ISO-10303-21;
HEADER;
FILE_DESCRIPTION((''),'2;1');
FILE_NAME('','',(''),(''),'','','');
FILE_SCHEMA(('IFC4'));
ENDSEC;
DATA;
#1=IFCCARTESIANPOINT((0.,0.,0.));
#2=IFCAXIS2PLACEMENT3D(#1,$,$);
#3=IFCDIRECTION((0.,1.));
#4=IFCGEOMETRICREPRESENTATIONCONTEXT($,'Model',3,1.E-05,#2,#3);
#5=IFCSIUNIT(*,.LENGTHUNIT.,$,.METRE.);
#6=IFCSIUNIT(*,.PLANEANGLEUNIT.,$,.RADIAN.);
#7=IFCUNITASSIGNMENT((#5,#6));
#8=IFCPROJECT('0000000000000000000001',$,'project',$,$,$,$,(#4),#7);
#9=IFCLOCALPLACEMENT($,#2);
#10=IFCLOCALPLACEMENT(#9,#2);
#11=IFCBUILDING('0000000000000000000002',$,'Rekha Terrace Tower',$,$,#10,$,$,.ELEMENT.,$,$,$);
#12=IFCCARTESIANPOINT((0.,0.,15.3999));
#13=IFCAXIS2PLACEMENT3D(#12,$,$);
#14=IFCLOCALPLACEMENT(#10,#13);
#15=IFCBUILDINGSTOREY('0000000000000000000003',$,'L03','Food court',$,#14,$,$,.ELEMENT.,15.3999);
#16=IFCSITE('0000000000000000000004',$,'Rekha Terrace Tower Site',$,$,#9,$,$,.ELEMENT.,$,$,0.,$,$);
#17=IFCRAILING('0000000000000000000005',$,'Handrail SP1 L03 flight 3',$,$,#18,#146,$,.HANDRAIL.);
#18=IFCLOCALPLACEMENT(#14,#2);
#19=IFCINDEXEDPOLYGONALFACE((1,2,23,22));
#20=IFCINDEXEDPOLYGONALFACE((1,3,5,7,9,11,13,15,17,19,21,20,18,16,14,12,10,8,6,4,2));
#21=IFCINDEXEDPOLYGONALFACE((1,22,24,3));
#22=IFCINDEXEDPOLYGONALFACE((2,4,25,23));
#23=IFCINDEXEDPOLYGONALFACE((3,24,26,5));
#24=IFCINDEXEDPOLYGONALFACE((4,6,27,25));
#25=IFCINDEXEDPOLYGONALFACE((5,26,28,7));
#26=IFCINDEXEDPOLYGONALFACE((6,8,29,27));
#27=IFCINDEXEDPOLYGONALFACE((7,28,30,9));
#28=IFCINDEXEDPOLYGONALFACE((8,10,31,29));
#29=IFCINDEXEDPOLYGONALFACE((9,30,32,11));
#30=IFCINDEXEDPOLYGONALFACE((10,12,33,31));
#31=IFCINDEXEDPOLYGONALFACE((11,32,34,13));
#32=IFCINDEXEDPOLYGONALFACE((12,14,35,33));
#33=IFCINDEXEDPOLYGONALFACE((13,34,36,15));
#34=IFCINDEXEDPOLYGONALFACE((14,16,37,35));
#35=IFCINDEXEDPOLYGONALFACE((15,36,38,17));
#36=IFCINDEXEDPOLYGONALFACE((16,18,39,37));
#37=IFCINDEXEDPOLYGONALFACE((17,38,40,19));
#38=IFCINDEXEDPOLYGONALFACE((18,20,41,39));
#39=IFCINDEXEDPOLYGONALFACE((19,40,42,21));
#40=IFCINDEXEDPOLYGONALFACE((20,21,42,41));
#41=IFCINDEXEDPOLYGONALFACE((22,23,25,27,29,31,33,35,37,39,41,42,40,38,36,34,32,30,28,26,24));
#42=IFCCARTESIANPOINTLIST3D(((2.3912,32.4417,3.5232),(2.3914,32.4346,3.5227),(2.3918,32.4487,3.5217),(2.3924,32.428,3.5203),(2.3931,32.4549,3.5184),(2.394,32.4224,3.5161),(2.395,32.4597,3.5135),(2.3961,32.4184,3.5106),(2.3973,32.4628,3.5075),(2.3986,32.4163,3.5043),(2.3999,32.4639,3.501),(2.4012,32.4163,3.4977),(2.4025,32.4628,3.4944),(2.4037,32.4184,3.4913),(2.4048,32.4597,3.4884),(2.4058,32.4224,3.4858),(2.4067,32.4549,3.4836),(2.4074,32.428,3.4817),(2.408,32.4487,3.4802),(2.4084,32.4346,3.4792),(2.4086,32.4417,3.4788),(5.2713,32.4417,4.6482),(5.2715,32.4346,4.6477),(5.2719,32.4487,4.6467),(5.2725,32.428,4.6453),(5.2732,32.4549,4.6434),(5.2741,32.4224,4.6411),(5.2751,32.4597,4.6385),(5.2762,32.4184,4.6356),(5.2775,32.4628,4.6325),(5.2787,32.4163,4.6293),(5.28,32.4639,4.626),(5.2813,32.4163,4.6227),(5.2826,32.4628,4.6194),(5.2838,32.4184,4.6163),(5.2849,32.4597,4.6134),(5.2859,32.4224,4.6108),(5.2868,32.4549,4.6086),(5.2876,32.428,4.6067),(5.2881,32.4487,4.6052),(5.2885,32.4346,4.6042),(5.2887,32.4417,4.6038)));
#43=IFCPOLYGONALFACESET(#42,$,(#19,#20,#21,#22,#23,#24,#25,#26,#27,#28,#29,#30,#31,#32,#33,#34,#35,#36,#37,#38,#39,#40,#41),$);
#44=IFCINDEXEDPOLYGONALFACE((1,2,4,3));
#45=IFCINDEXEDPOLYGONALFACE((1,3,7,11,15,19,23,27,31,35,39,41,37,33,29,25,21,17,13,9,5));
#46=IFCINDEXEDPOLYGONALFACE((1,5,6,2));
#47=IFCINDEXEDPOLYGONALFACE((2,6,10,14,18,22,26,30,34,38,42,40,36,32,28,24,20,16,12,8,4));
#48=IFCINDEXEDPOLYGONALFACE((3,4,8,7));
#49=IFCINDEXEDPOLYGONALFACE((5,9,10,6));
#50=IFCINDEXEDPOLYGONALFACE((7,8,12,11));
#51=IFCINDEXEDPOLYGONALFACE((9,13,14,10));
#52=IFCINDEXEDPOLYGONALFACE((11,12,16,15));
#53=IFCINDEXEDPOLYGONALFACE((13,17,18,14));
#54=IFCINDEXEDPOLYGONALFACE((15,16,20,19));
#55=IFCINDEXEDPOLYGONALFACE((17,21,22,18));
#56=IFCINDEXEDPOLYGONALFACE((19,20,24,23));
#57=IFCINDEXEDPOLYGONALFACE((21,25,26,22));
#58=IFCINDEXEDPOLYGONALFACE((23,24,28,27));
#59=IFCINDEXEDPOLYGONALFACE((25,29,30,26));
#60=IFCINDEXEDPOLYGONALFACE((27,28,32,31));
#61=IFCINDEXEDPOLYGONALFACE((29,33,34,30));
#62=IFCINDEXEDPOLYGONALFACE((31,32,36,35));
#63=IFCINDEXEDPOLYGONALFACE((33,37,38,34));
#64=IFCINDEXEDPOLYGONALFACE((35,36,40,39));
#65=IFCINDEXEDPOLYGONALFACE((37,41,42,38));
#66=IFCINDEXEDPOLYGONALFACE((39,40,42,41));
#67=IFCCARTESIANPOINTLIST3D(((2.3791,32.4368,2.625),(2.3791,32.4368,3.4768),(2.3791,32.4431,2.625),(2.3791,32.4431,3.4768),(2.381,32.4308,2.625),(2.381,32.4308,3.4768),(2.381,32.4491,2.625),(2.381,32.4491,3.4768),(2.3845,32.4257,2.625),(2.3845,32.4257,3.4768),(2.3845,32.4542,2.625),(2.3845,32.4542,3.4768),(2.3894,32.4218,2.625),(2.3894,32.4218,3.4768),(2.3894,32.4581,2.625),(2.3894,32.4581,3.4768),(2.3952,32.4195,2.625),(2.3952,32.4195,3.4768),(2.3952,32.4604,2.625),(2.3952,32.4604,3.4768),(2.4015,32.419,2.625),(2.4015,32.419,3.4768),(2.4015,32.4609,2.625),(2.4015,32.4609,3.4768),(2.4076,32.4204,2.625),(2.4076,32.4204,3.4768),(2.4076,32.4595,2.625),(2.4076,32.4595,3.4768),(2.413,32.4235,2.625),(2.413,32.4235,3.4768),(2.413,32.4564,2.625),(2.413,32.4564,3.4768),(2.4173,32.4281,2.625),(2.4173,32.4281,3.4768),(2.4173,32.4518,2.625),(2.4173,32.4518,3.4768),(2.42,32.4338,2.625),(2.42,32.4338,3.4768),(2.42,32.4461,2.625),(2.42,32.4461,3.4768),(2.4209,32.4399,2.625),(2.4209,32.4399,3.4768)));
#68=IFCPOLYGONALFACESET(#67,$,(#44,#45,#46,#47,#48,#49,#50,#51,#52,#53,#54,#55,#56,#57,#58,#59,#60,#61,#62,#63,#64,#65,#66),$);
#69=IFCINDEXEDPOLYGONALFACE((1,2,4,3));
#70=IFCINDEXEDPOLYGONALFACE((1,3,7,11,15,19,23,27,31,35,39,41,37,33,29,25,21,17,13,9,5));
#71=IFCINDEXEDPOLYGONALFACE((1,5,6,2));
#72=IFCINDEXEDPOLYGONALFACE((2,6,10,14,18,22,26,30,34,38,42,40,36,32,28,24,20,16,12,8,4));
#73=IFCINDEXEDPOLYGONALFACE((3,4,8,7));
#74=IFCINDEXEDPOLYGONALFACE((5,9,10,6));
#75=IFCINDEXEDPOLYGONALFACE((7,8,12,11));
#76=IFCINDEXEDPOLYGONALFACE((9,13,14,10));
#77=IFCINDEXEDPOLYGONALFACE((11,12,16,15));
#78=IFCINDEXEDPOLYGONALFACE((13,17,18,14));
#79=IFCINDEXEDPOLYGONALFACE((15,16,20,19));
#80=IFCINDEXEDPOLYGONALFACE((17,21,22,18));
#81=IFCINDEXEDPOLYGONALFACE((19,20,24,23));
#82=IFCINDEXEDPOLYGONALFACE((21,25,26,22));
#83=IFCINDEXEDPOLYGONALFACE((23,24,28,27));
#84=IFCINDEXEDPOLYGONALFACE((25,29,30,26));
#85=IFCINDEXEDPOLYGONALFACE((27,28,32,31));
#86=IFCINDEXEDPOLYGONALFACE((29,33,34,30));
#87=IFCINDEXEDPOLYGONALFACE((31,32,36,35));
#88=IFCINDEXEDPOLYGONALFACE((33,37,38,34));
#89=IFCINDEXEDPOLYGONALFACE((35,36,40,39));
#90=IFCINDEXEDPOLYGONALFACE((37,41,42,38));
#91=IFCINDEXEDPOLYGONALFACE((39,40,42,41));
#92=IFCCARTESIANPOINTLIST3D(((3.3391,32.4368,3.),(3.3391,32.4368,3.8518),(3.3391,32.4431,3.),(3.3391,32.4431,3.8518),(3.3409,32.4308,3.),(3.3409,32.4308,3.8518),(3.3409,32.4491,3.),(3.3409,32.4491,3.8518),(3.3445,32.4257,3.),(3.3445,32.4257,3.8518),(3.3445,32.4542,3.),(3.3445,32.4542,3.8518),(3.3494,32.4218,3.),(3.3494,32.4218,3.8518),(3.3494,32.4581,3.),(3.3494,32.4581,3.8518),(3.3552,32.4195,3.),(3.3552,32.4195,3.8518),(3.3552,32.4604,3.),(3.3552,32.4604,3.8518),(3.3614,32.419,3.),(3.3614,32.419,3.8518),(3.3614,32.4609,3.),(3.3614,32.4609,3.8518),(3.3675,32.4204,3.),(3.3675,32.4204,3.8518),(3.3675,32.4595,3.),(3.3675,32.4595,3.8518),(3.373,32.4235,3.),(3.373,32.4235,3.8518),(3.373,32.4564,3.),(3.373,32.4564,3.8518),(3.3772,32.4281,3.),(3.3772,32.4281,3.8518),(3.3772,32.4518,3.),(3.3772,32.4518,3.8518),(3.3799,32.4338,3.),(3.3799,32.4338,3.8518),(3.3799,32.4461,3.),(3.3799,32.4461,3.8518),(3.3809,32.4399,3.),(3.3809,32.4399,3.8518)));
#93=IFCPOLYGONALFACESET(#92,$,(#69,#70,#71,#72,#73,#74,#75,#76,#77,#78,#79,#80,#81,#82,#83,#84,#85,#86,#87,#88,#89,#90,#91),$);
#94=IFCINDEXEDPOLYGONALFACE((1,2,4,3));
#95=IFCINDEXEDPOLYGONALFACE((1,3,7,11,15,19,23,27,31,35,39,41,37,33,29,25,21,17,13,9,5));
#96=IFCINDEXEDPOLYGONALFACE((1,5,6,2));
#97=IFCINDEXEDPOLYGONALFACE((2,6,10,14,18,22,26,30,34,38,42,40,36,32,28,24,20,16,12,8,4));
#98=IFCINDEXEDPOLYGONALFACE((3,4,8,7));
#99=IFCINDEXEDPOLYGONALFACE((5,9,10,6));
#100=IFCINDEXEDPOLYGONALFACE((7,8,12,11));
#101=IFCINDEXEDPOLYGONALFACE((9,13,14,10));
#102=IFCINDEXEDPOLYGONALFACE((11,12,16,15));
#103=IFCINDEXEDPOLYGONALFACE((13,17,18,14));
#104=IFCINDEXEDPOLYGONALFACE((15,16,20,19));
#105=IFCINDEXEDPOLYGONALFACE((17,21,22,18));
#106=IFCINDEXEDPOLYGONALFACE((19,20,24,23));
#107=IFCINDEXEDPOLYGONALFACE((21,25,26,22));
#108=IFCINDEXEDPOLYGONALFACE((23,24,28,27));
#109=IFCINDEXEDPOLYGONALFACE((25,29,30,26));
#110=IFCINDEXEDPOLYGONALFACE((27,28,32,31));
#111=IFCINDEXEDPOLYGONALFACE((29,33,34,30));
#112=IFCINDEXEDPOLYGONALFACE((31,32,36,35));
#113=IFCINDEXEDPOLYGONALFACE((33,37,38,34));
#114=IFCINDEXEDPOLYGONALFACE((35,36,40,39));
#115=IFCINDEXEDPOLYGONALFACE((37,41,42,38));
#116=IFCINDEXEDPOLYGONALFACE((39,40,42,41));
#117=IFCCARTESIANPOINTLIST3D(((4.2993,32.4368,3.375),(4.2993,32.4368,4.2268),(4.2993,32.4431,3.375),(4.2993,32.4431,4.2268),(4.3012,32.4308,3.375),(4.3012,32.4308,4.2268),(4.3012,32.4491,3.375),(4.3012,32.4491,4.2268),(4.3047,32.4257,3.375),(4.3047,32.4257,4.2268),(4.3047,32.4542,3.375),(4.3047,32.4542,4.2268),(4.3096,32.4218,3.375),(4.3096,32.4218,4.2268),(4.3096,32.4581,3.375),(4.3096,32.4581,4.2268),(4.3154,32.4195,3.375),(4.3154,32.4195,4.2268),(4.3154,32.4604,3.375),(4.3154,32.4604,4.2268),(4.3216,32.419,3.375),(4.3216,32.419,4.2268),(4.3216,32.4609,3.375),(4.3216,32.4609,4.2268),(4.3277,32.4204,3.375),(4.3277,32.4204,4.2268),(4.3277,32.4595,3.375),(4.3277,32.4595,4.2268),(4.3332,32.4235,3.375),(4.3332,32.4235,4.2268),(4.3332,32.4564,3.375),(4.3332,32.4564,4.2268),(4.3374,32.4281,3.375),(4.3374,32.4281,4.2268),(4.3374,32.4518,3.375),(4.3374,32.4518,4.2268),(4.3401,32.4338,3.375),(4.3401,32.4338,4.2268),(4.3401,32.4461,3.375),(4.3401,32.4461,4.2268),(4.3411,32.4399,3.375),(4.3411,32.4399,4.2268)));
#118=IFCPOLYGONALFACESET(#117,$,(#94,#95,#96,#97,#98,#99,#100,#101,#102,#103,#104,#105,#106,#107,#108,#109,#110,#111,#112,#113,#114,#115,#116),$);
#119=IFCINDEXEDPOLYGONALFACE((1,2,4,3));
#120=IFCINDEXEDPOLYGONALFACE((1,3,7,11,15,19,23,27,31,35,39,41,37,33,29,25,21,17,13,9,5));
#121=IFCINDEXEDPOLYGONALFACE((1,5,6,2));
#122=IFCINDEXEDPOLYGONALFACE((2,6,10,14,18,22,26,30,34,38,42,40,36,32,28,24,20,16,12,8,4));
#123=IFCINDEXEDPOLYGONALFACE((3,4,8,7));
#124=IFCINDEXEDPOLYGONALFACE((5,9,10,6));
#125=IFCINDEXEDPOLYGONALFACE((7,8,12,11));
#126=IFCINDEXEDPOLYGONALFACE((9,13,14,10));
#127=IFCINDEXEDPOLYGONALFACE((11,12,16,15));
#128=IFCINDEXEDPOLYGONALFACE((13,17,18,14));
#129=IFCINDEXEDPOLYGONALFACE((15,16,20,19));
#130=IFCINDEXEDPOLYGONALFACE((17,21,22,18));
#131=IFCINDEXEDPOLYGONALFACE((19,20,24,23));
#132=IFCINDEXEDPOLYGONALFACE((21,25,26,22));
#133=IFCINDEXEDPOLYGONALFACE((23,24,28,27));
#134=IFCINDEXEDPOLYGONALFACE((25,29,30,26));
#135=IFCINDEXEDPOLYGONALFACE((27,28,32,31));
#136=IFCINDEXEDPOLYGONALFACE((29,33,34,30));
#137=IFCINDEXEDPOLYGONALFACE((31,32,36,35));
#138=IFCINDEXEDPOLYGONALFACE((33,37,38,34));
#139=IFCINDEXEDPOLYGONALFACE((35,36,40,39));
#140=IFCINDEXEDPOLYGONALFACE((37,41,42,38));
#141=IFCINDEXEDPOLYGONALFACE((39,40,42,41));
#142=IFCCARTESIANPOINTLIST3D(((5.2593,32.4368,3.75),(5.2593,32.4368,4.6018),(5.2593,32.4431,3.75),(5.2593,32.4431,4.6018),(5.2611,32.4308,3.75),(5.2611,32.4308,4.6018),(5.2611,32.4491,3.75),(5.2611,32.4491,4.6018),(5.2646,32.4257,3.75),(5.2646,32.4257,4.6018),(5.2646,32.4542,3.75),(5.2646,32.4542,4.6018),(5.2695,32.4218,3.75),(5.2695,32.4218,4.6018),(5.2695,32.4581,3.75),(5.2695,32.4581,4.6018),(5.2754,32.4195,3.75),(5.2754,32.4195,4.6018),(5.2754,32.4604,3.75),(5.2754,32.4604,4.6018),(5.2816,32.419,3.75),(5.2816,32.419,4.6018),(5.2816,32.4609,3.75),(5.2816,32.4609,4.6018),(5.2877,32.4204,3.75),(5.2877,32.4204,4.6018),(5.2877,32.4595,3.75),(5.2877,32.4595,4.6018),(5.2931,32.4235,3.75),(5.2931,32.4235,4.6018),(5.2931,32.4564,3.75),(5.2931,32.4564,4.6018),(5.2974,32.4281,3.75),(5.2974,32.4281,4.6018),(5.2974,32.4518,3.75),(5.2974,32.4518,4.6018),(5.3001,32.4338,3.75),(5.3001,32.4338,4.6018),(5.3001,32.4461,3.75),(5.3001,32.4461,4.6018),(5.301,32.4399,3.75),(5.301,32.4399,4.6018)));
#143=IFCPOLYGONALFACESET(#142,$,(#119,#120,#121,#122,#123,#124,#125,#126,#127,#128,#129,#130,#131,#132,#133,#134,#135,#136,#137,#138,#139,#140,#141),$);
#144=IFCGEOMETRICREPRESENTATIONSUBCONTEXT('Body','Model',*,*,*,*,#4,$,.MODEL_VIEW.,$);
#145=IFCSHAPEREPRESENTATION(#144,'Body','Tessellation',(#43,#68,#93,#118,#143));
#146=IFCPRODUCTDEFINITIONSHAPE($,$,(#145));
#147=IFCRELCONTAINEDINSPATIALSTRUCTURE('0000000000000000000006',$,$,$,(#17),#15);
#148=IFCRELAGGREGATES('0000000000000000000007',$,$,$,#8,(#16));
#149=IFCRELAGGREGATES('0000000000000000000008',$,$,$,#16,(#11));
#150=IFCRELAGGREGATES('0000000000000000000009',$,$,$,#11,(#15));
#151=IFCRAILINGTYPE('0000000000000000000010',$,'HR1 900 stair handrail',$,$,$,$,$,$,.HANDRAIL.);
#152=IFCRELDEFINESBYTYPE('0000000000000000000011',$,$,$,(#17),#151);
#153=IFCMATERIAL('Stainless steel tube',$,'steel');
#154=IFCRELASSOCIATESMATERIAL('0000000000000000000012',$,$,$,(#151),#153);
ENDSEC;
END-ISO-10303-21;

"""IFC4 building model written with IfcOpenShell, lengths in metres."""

from ifc_helpers import new_model, si_unit, direction, frame, origin, origin_2d, place, context, subcontext, project, spatial, circle, extrude, material, type_object, element, save


model = new_model("IFC4")

# Units and contexts
model_context = context("Model", 3, precision=1e-05, world=origin(), true_north=direction((0.0, 1.0)))
body_context = subcontext(model_context, "Body", "Model", "MODEL_VIEW")
ifc_project = project(units=[si_unit("LENGTHUNIT", "METRE"), si_unit("PLANEANGLEUNIT", "RADIAN")], contexts=[model_context])

# Site, building, storey
site_placement = place(None, origin())
site = spatial("IfcSite", under=ifc_project, at=site_placement, Name="Rekha Terrace Tower Site", CompositionType="ELEMENT", RefElevation=0.0)
building_placement = place(site_placement, origin())
building = spatial("IfcBuilding", under=site, at=building_placement, Name="Rekha Terrace Tower", CompositionType="ELEMENT")
storey_placement = place(building_placement, frame((0.0, 0.0, 15.3999)))
storey = spatial("IfcBuildingStorey", under=building, at=storey_placement, Name="L03", Description="Food court", CompositionType="ELEMENT", Elevation=15.3999)

# Railing
ifc_material_1 = material(Name="Stainless steel tube", Category="steel")
railing_type_1 = type_object("IfcRailingType", Name="HR1 900 stair handrail", PredefinedType="HANDRAIL", material=ifc_material_1)
railing_1_placement = place(storey_placement, frame((2.3999, 32.4399, 2.625)))
element("IfcRailing", 1, at=railing_1_placement, inside=storey, type_object=railing_type_1, Name="Handrail SP1 L03 flight 3", PredefinedType="HANDRAIL", context=body_context, shape_type="SweptSolid", body=[
    extrude(circle(Radius=0.0239, at=origin_2d()), frame((0.0, 0.0, 0.876), z_axis=(0.931463, 0.0, 0.363837), x_axis=(0.0, 1.0, 0.0)), (0.0, 0.0, 1.0), 3.092),
    extrude(circle(Radius=0.021, at=origin_2d()), origin(), (0.0, 0.0, 1.0), 0.8518),
    extrude(circle(Radius=0.021, at=origin_2d()), frame((0.96, 0.0, 0.375)), (0.0, 0.0, 1.0), 0.8518),
    extrude(circle(Radius=0.021, at=origin_2d()), frame((1.9202, 0.0, 0.75)), (0.0, 0.0, 1.0), 0.8518),
    extrude(circle(Radius=0.021, at=origin_2d()), frame((2.8801, 0.0, 1.125)), (0.0, 0.0, 1.0), 0.8518),
])

save(model, "model.ifc")
